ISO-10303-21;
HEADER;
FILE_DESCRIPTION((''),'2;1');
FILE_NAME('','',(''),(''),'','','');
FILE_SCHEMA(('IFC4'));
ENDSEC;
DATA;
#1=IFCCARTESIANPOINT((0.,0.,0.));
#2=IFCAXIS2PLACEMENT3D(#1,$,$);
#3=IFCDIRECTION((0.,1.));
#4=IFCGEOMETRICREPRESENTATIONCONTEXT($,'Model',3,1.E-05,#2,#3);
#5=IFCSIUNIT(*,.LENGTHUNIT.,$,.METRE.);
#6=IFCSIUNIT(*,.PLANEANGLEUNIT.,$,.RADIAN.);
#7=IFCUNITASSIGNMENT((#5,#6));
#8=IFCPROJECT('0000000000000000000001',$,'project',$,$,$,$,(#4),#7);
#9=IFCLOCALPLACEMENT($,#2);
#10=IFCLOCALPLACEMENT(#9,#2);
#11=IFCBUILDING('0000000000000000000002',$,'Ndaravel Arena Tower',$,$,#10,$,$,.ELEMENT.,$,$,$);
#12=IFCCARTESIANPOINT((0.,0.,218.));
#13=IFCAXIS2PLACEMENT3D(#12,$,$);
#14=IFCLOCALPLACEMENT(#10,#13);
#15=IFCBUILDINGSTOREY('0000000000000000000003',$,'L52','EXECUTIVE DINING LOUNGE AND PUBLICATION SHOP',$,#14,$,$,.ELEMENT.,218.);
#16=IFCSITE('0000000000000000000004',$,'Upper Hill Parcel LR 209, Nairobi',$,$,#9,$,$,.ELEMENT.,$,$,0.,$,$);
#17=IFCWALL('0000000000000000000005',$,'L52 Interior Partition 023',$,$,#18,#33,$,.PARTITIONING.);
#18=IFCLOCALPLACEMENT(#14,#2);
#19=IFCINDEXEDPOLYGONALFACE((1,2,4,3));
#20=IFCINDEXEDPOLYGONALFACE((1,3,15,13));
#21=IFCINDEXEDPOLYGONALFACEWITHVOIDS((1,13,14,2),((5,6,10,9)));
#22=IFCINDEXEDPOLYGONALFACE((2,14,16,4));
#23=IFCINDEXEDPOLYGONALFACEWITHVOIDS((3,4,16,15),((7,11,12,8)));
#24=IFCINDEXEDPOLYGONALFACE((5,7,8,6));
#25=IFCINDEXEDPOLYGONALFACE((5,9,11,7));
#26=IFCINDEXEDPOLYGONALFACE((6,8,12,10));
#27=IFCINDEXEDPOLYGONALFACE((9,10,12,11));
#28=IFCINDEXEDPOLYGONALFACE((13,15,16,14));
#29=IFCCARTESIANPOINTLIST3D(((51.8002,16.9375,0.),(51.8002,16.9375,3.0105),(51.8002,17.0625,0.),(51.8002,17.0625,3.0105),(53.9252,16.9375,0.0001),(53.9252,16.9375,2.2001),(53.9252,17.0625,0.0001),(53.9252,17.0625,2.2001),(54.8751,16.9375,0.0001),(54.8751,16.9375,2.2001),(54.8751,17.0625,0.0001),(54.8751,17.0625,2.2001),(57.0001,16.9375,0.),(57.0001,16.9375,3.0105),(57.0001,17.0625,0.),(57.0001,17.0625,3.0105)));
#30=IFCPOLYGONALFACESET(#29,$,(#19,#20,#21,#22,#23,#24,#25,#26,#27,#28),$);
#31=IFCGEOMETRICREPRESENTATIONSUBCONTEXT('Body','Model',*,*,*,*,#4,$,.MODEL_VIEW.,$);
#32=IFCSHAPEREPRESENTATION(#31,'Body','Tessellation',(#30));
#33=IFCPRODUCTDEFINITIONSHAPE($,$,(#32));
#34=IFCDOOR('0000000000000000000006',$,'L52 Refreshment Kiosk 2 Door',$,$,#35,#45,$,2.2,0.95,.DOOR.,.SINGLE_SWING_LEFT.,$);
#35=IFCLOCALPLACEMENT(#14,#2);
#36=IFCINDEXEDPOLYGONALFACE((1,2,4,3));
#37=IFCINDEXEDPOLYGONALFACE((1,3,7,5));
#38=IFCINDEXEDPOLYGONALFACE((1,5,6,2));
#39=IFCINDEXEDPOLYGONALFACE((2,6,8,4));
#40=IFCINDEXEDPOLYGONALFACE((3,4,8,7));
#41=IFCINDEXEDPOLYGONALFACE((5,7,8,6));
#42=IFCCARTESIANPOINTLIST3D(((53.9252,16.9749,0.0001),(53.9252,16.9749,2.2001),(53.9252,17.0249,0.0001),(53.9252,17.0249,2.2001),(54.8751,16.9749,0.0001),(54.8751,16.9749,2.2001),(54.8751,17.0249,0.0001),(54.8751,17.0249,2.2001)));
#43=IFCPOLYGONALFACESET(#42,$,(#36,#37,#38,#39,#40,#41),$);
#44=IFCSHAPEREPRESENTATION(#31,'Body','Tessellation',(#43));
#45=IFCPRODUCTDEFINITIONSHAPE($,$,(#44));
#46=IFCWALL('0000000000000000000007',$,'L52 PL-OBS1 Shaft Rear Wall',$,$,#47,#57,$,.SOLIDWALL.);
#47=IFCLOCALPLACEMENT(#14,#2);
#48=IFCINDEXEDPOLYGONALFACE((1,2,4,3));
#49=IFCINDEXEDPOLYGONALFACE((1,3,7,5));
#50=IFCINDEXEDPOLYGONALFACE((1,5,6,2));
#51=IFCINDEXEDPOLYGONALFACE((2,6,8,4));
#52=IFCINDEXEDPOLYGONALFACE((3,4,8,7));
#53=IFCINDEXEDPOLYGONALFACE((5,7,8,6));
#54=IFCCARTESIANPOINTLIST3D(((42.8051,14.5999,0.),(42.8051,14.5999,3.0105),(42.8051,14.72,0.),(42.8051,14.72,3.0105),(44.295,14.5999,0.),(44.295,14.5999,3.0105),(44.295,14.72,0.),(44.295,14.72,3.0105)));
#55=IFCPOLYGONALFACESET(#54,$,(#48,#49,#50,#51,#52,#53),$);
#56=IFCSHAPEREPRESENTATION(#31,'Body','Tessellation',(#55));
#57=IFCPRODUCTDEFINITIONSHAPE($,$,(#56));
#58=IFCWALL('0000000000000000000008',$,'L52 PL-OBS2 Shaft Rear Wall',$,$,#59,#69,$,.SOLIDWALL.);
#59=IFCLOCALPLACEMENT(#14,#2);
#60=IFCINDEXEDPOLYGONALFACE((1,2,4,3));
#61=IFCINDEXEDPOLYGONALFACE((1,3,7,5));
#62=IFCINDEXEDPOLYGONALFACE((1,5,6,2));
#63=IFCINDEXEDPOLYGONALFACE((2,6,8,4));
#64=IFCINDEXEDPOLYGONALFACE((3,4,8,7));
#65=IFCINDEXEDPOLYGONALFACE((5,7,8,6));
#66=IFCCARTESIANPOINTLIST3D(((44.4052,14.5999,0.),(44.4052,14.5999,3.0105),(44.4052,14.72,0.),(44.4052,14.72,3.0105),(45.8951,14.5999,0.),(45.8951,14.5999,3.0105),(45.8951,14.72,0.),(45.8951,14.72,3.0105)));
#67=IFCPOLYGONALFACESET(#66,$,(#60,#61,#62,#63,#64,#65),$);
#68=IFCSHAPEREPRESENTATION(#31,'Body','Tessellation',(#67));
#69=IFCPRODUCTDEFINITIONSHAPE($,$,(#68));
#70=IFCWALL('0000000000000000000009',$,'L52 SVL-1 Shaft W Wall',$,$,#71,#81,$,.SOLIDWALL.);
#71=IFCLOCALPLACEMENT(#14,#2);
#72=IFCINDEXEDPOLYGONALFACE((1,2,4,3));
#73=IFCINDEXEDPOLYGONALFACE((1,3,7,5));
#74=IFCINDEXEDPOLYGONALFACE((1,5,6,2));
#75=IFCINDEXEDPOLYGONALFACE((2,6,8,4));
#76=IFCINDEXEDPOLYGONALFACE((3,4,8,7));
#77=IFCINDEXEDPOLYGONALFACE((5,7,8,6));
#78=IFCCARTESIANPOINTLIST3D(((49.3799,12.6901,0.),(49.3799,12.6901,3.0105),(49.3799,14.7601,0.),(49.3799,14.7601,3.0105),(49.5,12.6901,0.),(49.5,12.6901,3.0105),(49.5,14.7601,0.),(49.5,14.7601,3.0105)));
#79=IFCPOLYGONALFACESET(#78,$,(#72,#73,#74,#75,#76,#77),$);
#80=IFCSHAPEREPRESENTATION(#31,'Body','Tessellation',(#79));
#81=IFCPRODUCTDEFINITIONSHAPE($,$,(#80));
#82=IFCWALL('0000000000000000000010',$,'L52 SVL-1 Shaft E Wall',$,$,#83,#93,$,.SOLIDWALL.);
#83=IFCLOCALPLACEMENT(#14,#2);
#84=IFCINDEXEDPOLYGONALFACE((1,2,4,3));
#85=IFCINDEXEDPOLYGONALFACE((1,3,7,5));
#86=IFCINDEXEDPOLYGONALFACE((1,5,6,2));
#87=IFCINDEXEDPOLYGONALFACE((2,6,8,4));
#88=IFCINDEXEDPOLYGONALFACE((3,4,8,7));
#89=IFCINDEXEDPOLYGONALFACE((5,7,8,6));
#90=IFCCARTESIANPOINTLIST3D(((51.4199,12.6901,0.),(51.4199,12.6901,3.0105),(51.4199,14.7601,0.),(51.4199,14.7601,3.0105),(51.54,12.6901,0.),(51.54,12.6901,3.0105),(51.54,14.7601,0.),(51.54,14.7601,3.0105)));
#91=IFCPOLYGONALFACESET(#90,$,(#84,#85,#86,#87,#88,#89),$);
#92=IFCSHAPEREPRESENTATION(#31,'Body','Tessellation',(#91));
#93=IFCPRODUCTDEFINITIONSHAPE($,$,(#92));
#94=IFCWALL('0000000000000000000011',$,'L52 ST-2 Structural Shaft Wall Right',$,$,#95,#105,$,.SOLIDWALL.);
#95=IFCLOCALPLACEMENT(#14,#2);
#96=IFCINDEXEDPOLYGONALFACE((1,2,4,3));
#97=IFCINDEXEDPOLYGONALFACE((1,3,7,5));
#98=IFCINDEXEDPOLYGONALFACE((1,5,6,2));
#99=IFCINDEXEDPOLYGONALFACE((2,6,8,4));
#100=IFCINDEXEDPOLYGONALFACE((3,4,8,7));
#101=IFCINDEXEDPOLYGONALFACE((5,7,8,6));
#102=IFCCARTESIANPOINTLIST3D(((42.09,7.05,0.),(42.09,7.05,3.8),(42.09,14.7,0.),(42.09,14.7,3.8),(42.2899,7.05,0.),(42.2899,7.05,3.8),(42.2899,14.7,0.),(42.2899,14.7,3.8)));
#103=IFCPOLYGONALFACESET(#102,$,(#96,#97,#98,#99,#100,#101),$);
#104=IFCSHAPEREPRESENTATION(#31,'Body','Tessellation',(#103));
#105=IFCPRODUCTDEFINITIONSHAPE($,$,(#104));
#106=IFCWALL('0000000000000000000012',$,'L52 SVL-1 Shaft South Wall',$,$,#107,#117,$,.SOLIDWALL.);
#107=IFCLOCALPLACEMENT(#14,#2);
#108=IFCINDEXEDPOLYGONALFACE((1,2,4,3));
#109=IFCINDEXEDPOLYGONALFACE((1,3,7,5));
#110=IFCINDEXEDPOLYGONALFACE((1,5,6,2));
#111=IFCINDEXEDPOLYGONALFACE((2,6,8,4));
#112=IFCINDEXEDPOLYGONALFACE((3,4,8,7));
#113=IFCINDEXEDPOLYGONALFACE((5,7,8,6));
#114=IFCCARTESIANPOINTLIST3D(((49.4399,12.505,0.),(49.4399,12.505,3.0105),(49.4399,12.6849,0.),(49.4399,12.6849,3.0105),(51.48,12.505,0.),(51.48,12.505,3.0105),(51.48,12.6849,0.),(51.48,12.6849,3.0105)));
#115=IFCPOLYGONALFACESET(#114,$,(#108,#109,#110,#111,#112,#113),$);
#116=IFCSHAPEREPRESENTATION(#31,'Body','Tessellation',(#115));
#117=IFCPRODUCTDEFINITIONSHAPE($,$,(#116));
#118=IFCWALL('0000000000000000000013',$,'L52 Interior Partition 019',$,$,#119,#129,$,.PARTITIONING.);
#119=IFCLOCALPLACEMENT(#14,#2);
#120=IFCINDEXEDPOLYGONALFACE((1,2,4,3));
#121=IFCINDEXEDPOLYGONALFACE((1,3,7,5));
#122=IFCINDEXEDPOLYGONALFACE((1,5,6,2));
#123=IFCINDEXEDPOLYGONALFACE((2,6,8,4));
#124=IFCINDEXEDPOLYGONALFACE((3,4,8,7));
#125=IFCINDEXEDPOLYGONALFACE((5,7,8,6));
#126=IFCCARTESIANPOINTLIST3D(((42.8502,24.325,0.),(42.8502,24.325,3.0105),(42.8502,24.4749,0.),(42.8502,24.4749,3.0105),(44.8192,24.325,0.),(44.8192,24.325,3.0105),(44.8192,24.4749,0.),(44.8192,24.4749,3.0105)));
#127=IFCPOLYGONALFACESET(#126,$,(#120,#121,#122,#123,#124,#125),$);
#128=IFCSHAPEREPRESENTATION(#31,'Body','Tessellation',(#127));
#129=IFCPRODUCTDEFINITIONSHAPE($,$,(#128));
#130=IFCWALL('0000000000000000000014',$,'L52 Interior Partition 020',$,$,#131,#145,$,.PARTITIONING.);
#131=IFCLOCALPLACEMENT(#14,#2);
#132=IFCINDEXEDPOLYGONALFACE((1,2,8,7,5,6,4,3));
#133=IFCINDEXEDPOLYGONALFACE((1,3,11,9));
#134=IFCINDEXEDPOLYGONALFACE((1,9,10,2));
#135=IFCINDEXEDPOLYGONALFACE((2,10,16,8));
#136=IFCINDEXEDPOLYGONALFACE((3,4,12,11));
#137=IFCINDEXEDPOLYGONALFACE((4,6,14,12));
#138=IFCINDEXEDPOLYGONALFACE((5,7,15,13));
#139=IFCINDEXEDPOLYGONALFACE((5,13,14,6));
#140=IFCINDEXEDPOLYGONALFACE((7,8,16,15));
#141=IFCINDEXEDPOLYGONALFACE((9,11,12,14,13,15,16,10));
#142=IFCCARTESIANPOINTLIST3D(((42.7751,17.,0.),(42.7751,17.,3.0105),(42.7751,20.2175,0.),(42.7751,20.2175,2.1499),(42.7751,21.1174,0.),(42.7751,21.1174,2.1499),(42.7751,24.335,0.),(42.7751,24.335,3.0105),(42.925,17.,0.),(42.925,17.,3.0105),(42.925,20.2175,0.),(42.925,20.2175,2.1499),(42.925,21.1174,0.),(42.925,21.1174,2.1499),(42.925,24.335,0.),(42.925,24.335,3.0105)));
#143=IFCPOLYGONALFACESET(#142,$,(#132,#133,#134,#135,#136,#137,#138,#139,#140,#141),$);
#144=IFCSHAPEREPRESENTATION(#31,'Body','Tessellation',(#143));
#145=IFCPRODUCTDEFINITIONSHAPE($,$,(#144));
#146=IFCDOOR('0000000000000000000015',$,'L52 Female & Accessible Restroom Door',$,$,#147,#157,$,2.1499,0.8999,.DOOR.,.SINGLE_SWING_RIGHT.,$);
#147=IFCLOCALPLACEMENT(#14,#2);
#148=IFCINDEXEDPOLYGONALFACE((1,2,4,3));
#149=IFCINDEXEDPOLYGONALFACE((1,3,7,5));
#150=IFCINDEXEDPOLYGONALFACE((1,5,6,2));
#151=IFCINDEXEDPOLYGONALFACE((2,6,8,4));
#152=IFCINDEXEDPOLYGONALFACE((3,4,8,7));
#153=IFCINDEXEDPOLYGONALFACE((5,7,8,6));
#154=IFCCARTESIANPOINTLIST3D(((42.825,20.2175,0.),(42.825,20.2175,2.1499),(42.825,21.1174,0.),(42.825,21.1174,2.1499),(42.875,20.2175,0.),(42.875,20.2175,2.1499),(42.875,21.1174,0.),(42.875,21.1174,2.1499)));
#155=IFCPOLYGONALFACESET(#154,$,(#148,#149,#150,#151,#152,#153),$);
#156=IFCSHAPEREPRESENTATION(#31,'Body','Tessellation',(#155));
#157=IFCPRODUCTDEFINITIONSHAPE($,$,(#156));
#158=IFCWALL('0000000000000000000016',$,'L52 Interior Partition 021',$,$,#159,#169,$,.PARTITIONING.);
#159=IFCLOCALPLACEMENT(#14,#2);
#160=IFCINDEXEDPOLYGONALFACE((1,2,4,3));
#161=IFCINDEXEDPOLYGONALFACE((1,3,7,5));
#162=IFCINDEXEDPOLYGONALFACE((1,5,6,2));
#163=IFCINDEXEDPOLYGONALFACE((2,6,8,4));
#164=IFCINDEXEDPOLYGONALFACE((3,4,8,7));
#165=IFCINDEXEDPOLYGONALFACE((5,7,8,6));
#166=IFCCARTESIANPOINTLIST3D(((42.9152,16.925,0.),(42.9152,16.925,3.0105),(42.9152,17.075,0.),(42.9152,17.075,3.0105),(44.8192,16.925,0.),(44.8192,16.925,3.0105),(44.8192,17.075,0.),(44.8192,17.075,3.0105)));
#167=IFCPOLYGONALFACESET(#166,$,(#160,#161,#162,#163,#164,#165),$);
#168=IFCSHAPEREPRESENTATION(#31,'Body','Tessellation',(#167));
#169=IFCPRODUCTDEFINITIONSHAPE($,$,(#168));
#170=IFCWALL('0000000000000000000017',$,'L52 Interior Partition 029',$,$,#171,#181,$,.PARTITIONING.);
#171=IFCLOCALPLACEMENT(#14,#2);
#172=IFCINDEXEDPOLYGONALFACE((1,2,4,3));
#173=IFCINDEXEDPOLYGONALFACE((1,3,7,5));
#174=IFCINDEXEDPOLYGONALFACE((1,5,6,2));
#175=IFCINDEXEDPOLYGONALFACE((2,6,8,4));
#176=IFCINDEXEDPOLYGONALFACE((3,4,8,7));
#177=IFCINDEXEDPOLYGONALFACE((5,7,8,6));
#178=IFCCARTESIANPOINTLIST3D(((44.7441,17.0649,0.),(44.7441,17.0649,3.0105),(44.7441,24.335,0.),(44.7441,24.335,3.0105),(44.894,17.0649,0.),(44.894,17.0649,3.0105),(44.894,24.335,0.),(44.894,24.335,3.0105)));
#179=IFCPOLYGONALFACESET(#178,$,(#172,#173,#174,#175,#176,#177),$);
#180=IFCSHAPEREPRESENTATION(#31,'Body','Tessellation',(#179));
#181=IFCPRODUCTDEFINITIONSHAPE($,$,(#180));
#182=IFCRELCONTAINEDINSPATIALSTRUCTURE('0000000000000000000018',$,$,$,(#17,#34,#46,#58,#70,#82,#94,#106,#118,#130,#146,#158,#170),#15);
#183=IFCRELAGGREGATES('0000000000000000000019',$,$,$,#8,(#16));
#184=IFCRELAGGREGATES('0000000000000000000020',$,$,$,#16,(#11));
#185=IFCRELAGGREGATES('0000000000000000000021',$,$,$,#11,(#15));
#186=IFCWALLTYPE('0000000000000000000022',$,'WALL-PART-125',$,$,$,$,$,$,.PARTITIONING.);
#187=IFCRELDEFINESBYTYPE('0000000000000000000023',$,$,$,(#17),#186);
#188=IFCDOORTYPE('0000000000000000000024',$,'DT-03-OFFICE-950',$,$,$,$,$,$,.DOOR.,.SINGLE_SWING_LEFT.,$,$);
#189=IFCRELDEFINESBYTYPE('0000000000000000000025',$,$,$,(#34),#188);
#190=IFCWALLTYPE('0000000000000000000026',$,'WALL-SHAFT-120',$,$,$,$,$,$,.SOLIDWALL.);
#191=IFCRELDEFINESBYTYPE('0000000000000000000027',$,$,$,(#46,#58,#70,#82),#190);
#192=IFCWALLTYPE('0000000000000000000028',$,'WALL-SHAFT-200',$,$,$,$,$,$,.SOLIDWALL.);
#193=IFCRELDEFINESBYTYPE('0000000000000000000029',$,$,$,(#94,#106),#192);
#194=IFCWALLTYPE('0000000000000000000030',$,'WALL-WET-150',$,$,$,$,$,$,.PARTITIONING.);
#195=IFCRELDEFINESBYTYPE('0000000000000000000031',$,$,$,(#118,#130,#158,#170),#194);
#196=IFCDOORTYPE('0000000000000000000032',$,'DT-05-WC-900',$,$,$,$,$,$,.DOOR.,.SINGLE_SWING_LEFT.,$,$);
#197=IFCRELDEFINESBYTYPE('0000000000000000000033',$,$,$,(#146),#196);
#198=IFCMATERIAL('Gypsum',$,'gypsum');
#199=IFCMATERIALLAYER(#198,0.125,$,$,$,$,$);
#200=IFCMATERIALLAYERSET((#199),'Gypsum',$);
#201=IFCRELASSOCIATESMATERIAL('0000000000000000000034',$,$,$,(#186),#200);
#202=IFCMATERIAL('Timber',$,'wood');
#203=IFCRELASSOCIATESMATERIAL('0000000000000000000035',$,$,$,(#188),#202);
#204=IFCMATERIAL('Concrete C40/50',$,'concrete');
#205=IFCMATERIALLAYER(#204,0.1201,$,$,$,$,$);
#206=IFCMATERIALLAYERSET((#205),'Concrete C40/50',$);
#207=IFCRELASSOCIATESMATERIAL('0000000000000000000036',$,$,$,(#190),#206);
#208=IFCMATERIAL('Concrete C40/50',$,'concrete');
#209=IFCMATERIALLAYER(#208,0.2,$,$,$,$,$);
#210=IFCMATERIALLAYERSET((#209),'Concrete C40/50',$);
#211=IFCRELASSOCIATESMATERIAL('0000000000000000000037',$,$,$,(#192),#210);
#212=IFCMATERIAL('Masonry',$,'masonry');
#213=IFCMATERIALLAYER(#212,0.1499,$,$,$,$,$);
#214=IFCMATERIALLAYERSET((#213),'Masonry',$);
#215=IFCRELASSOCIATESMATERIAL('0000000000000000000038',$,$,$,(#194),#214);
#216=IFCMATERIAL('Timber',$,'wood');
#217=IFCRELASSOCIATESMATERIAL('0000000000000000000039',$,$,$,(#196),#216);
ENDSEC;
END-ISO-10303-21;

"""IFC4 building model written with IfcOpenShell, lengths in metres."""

from ifc_helpers import new_model, si_unit, direction, frame, frame_2d, origin, place, context, subcontext, project, spatial, rectangle, extrude, material, layer, layer_set, type_object, element, fill, save


model = new_model("IFC4")

# Units and contexts
model_context = context("Model", 3, precision=1e-05, world=origin(), true_north=direction((0.0, 1.0)))
body_context = subcontext(model_context, "Body", "Model", "MODEL_VIEW")
ifc_project = project(units=[si_unit("LENGTHUNIT", "METRE"), si_unit("PLANEANGLEUNIT", "RADIAN")], contexts=[model_context])

# Site, building, storey
site_placement = place(None, origin())
site = spatial("IfcSite", under=ifc_project, at=site_placement, Name="Upper Hill Parcel LR 209, Nairobi", CompositionType="ELEMENT", RefElevation=0.0)
building_placement = place(site_placement, origin())
building = spatial("IfcBuilding", under=site, at=building_placement, Name="Ndaravel Arena Tower", CompositionType="ELEMENT")
storey_placement = place(building_placement, frame((0.0, 0.0, 218.0)))
storey = spatial("IfcBuildingStorey", under=building, at=storey_placement, Name="L52", Description="EXECUTIVE DINING LOUNGE AND PUBLICATION SHOP", CompositionType="ELEMENT", Elevation=218.0)

# Shared definitions
ifc_material_1 = material(Name="Gypsum", Category="gypsum")
ifc_layer_1 = layer(ifc_material_1, 0.125)
ifc_layer_set_1 = layer_set([ifc_layer_1], Name="Gypsum")
wall_type_1 = type_object("IfcWallType", Name="WALL-PART-125", PredefinedType="PARTITIONING", material=ifc_layer_set_1)

# Wall, opening, door
ifc_material_2 = material(Name="Timber", Category="wood")
door_type_1 = type_object("IfcDoorType", Name="DT-03-OFFICE-950", OperationType="SINGLE_SWING_LEFT", PredefinedType="DOOR", material=ifc_material_2)
wall_1_placement = place(storey_placement, frame((51.8, 17.0, 0.0), z_axis=(0.0, 0.0, 1.0), x_axis=(1.0, 0.0, 0.0)))
wall_1 = element("IfcWall", 1, at=wall_1_placement, inside=storey, type_object=wall_type_1, Name="L52 Interior Partition 023", PredefinedType="PARTITIONING", context=body_context, shape_type="SweptSolid", body=[
    extrude(rectangle(XDim=5.2, YDim=0.125, at=frame_2d((2.6001, 0.0))), origin(), (0.0, 0.0, 1.0), 3.0105),
])
opening_1_placement = place(wall_1_placement, frame((2.125, 0.0, 0.0)))
opening_1 = element("IfcOpeningElement", 2, at=opening_1_placement, cuts=wall_1, PredefinedType="OPENING", context=body_context, shape_type="SweptSolid", body=[
    extrude(rectangle(XDim=0.95, YDim=2.2, at=frame_2d((0.4751, 1.1001))), frame((0.0, 0.0625, 0.0), z_axis=(0.0, -1.0, 0.0), x_axis=(1.0, 0.0, 0.0)), (0.0, 0.0, 1.0), 0.125),
])
door_1_placement = place(opening_1_placement, origin())
door_1 = element("IfcDoor", 3, at=door_1_placement, inside=storey, type_object=door_type_1, Name="L52 Refreshment Kiosk 2 Door", OperationType="SINGLE_SWING_LEFT", OverallHeight=2.2, OverallWidth=0.95, PredefinedType="DOOR", context=body_context, shape_type="SweptSolid", body=[
    extrude(rectangle(XDim=0.95, YDim=2.2, at=frame_2d((0.4751, 1.1001))), frame((0.0, 0.0249, 0.0), z_axis=(0.0, -1.0, 0.0), x_axis=(1.0, 0.0, 0.0)), (0.0, 0.0, 1.0), 0.05),
])
fill(opening_1, door_1)

# Walls
ifc_material_3 = material(Name="Concrete C40/50", Category="concrete")
ifc_layer_2 = layer(ifc_material_3, 0.1201)
ifc_layer_set_2 = layer_set([ifc_layer_2], Name="Concrete C40/50")
wall_type_2 = type_object("IfcWallType", Name="WALL-SHAFT-120", PredefinedType="SOLIDWALL", material=ifc_layer_set_2)
for number, where, z_axis, x_axis, name in (
    (4, (42.8049, 14.6599, 0.0), (0.0, 0.0, 1.0), (1.0, 0.0, 0.0), "L52 PL-OBS1 Shaft Rear Wall"),
    (5, (44.405, 14.6599, 0.0), (0.0, 0.0, 1.0), (1.0, 0.0, 0.0), "L52 PL-OBS2 Shaft Rear Wall"),
):
    element("IfcWall", number, at=place(storey_placement, frame(where, z_axis=z_axis, x_axis=x_axis)), inside=storey, type_object=wall_type_2, Name=name, PredefinedType="SOLIDWALL", context=body_context, shape_type="SweptSolid", body=[
        extrude(rectangle(XDim=1.49, YDim=0.1201, at=frame_2d((0.7451, 0.0))), origin(), (0.0, 0.0, 1.0), 3.0105),
    ])
for number, where, z_axis, x_axis, name in (
    (6, (49.4399, 12.6899, 0.0), (0.0, 0.0, 1.0), (0.0, 1.0, 0.0), "L52 SVL-1 Shaft W Wall"),
    (7, (51.48, 12.6899, 0.0), (0.0, 0.0, 1.0), (0.0, 1.0, 0.0), "L52 SVL-1 Shaft E Wall"),
):
    element("IfcWall", number, at=place(storey_placement, frame(where, z_axis=z_axis, x_axis=x_axis)), inside=storey, type_object=wall_type_2, Name=name, PredefinedType="SOLIDWALL", context=body_context, shape_type="SweptSolid", body=[
        extrude(rectangle(XDim=2.0701, YDim=0.1201, at=frame_2d((1.0352, 0.0))), origin(), (0.0, 0.0, 1.0), 3.0105),
    ])
ifc_material_4 = material(Name="Concrete C40/50", Category="concrete")
ifc_layer_3 = layer(ifc_material_4, 0.2)
ifc_layer_set_3 = layer_set([ifc_layer_3], Name="Concrete C40/50")
wall_type_3 = type_object("IfcWallType", Name="WALL-SHAFT-200", PredefinedType="SOLIDWALL", material=ifc_layer_set_3)
wall_2_placement = place(storey_placement, frame((42.1899, 14.7, 0.0), z_axis=(0.0, 0.0, 1.0), x_axis=(0.0, -1.0, 0.0)))
element("IfcWall", 8, at=wall_2_placement, inside=storey, type_object=wall_type_3, Name="L52 ST-2 Structural Shaft Wall Right", PredefinedType="SOLIDWALL", context=body_context, shape_type="SweptSolid", body=[
    extrude(rectangle(XDim=7.6499, YDim=0.2, at=frame_2d((3.825, 0.0))), origin(), (0.0, 0.0, 1.0), 3.8),
])
wall_3_placement = place(storey_placement, frame((49.4399, 12.595, 0.0), z_axis=(0.0, 0.0, 1.0), x_axis=(1.0, 0.0, 0.0)))
element("IfcWall", 9, at=wall_3_placement, inside=storey, type_object=wall_type_3, Name="L52 SVL-1 Shaft South Wall", PredefinedType="SOLIDWALL", context=body_context, shape_type="SweptSolid", body=[
    extrude(rectangle(XDim=2.04, YDim=0.1799, at=frame_2d((1.02, 0.0))), origin(), (0.0, 0.0, 1.0), 3.0105),
])
ifc_material_5 = material(Name="Masonry", Category="masonry")
ifc_layer_4 = layer(ifc_material_5, 0.1499)
ifc_layer_set_4 = layer_set([ifc_layer_4], Name="Masonry")
wall_type_4 = type_object("IfcWallType", Name="WALL-WET-150", PredefinedType="PARTITIONING", material=ifc_layer_set_4)
wall_4_placement = place(storey_placement, frame((44.8191, 24.3999, 0.0), z_axis=(0.0, 0.0, 1.0), x_axis=(-1.0, 0.0, 0.0)))
element("IfcWall", 10, at=wall_4_placement, inside=storey, type_object=wall_type_4, Name="L52 Interior Partition 019", PredefinedType="PARTITIONING", context=body_context, shape_type="SweptSolid", body=[
    extrude(rectangle(XDim=1.969, YDim=0.1499, at=frame_2d((0.9844, 0.0))), origin(), (0.0, 0.0, 1.0), 3.0105),
])

# Wall, opening, door
wall_5_placement = place(storey_placement, frame((42.8501, 24.335, 0.0), z_axis=(0.0, 0.0, 1.0), x_axis=(0.0, -1.0, 0.0)))
wall_5 = element("IfcWall", 11, at=wall_5_placement, inside=storey, type_object=wall_type_4, Name="L52 Interior Partition 020", PredefinedType="PARTITIONING", context=body_context, shape_type="SweptSolid", body=[
    extrude(rectangle(XDim=7.335, YDim=0.1499, at=frame_2d((3.6675, 0.0))), origin(), (0.0, 0.0, 1.0), 3.0105),
])
opening_2_placement = place(wall_5_placement, frame((3.2175, 0.0, 0.0)))
opening_2 = element("IfcOpeningElement", 12, at=opening_2_placement, cuts=wall_5, PredefinedType="OPENING", context=body_context, shape_type="SweptSolid", body=[
    extrude(rectangle(XDim=0.8999, YDim=2.1499, at=frame_2d((0.45, 1.075))), frame((0.0, 0.075, 0.0), z_axis=(0.0, -1.0, 0.0), x_axis=(1.0, 0.0, 0.0)), (0.0, 0.0, 1.0), 0.1499),
])
ifc_material_6 = material(Name="Timber", Category="wood")
door_type_2 = type_object("IfcDoorType", Name="DT-05-WC-900", OperationType="SINGLE_SWING_LEFT", PredefinedType="DOOR", material=ifc_material_6)
door_2_placement = place(opening_2_placement, origin())
door_2 = element("IfcDoor", 13, at=door_2_placement, inside=storey, type_object=door_type_2, Name="L52 Female & Accessible Restroom Door", OperationType="SINGLE_SWING_RIGHT", OverallHeight=2.1499, OverallWidth=0.8999, PredefinedType="DOOR", context=body_context, shape_type="SweptSolid", body=[
    extrude(rectangle(XDim=0.8999, YDim=2.1499, at=frame_2d((0.45, 1.075))), frame((0.0, 0.0249, 0.0), z_axis=(0.0, -1.0, 0.0), x_axis=(1.0, 0.0, 0.0)), (0.0, 0.0, 1.0), 0.05),
])
fill(opening_2, door_2)

# Walls
wall_6_placement = place(storey_placement, frame((42.915, 17.0, 0.0), z_axis=(0.0, 0.0, 1.0), x_axis=(1.0, 0.0, 0.0)))
element("IfcWall", 14, at=wall_6_placement, inside=storey, type_object=wall_type_4, Name="L52 Interior Partition 021", PredefinedType="PARTITIONING", context=body_context, shape_type="SweptSolid", body=[
    extrude(rectangle(XDim=1.9041, YDim=0.1499, at=frame_2d((0.9521, 0.0))), origin(), (0.0, 0.0, 1.0), 3.0105),
])
wall_7_placement = place(storey_placement, frame((44.8191, 24.335, 0.0), z_axis=(0.0, 0.0, 1.0), x_axis=(0.0, -1.0, 0.0)))
element("IfcWall", 15, at=wall_7_placement, inside=storey, type_object=wall_type_4, Name="L52 Interior Partition 029", PredefinedType="PARTITIONING", context=body_context, shape_type="SweptSolid", body=[
    extrude(rectangle(XDim=7.27, YDim=0.1499, at=frame_2d((3.635, 0.0))), origin(), (0.0, 0.0, 1.0), 3.0105),
])

save(model, "model.ifc")
